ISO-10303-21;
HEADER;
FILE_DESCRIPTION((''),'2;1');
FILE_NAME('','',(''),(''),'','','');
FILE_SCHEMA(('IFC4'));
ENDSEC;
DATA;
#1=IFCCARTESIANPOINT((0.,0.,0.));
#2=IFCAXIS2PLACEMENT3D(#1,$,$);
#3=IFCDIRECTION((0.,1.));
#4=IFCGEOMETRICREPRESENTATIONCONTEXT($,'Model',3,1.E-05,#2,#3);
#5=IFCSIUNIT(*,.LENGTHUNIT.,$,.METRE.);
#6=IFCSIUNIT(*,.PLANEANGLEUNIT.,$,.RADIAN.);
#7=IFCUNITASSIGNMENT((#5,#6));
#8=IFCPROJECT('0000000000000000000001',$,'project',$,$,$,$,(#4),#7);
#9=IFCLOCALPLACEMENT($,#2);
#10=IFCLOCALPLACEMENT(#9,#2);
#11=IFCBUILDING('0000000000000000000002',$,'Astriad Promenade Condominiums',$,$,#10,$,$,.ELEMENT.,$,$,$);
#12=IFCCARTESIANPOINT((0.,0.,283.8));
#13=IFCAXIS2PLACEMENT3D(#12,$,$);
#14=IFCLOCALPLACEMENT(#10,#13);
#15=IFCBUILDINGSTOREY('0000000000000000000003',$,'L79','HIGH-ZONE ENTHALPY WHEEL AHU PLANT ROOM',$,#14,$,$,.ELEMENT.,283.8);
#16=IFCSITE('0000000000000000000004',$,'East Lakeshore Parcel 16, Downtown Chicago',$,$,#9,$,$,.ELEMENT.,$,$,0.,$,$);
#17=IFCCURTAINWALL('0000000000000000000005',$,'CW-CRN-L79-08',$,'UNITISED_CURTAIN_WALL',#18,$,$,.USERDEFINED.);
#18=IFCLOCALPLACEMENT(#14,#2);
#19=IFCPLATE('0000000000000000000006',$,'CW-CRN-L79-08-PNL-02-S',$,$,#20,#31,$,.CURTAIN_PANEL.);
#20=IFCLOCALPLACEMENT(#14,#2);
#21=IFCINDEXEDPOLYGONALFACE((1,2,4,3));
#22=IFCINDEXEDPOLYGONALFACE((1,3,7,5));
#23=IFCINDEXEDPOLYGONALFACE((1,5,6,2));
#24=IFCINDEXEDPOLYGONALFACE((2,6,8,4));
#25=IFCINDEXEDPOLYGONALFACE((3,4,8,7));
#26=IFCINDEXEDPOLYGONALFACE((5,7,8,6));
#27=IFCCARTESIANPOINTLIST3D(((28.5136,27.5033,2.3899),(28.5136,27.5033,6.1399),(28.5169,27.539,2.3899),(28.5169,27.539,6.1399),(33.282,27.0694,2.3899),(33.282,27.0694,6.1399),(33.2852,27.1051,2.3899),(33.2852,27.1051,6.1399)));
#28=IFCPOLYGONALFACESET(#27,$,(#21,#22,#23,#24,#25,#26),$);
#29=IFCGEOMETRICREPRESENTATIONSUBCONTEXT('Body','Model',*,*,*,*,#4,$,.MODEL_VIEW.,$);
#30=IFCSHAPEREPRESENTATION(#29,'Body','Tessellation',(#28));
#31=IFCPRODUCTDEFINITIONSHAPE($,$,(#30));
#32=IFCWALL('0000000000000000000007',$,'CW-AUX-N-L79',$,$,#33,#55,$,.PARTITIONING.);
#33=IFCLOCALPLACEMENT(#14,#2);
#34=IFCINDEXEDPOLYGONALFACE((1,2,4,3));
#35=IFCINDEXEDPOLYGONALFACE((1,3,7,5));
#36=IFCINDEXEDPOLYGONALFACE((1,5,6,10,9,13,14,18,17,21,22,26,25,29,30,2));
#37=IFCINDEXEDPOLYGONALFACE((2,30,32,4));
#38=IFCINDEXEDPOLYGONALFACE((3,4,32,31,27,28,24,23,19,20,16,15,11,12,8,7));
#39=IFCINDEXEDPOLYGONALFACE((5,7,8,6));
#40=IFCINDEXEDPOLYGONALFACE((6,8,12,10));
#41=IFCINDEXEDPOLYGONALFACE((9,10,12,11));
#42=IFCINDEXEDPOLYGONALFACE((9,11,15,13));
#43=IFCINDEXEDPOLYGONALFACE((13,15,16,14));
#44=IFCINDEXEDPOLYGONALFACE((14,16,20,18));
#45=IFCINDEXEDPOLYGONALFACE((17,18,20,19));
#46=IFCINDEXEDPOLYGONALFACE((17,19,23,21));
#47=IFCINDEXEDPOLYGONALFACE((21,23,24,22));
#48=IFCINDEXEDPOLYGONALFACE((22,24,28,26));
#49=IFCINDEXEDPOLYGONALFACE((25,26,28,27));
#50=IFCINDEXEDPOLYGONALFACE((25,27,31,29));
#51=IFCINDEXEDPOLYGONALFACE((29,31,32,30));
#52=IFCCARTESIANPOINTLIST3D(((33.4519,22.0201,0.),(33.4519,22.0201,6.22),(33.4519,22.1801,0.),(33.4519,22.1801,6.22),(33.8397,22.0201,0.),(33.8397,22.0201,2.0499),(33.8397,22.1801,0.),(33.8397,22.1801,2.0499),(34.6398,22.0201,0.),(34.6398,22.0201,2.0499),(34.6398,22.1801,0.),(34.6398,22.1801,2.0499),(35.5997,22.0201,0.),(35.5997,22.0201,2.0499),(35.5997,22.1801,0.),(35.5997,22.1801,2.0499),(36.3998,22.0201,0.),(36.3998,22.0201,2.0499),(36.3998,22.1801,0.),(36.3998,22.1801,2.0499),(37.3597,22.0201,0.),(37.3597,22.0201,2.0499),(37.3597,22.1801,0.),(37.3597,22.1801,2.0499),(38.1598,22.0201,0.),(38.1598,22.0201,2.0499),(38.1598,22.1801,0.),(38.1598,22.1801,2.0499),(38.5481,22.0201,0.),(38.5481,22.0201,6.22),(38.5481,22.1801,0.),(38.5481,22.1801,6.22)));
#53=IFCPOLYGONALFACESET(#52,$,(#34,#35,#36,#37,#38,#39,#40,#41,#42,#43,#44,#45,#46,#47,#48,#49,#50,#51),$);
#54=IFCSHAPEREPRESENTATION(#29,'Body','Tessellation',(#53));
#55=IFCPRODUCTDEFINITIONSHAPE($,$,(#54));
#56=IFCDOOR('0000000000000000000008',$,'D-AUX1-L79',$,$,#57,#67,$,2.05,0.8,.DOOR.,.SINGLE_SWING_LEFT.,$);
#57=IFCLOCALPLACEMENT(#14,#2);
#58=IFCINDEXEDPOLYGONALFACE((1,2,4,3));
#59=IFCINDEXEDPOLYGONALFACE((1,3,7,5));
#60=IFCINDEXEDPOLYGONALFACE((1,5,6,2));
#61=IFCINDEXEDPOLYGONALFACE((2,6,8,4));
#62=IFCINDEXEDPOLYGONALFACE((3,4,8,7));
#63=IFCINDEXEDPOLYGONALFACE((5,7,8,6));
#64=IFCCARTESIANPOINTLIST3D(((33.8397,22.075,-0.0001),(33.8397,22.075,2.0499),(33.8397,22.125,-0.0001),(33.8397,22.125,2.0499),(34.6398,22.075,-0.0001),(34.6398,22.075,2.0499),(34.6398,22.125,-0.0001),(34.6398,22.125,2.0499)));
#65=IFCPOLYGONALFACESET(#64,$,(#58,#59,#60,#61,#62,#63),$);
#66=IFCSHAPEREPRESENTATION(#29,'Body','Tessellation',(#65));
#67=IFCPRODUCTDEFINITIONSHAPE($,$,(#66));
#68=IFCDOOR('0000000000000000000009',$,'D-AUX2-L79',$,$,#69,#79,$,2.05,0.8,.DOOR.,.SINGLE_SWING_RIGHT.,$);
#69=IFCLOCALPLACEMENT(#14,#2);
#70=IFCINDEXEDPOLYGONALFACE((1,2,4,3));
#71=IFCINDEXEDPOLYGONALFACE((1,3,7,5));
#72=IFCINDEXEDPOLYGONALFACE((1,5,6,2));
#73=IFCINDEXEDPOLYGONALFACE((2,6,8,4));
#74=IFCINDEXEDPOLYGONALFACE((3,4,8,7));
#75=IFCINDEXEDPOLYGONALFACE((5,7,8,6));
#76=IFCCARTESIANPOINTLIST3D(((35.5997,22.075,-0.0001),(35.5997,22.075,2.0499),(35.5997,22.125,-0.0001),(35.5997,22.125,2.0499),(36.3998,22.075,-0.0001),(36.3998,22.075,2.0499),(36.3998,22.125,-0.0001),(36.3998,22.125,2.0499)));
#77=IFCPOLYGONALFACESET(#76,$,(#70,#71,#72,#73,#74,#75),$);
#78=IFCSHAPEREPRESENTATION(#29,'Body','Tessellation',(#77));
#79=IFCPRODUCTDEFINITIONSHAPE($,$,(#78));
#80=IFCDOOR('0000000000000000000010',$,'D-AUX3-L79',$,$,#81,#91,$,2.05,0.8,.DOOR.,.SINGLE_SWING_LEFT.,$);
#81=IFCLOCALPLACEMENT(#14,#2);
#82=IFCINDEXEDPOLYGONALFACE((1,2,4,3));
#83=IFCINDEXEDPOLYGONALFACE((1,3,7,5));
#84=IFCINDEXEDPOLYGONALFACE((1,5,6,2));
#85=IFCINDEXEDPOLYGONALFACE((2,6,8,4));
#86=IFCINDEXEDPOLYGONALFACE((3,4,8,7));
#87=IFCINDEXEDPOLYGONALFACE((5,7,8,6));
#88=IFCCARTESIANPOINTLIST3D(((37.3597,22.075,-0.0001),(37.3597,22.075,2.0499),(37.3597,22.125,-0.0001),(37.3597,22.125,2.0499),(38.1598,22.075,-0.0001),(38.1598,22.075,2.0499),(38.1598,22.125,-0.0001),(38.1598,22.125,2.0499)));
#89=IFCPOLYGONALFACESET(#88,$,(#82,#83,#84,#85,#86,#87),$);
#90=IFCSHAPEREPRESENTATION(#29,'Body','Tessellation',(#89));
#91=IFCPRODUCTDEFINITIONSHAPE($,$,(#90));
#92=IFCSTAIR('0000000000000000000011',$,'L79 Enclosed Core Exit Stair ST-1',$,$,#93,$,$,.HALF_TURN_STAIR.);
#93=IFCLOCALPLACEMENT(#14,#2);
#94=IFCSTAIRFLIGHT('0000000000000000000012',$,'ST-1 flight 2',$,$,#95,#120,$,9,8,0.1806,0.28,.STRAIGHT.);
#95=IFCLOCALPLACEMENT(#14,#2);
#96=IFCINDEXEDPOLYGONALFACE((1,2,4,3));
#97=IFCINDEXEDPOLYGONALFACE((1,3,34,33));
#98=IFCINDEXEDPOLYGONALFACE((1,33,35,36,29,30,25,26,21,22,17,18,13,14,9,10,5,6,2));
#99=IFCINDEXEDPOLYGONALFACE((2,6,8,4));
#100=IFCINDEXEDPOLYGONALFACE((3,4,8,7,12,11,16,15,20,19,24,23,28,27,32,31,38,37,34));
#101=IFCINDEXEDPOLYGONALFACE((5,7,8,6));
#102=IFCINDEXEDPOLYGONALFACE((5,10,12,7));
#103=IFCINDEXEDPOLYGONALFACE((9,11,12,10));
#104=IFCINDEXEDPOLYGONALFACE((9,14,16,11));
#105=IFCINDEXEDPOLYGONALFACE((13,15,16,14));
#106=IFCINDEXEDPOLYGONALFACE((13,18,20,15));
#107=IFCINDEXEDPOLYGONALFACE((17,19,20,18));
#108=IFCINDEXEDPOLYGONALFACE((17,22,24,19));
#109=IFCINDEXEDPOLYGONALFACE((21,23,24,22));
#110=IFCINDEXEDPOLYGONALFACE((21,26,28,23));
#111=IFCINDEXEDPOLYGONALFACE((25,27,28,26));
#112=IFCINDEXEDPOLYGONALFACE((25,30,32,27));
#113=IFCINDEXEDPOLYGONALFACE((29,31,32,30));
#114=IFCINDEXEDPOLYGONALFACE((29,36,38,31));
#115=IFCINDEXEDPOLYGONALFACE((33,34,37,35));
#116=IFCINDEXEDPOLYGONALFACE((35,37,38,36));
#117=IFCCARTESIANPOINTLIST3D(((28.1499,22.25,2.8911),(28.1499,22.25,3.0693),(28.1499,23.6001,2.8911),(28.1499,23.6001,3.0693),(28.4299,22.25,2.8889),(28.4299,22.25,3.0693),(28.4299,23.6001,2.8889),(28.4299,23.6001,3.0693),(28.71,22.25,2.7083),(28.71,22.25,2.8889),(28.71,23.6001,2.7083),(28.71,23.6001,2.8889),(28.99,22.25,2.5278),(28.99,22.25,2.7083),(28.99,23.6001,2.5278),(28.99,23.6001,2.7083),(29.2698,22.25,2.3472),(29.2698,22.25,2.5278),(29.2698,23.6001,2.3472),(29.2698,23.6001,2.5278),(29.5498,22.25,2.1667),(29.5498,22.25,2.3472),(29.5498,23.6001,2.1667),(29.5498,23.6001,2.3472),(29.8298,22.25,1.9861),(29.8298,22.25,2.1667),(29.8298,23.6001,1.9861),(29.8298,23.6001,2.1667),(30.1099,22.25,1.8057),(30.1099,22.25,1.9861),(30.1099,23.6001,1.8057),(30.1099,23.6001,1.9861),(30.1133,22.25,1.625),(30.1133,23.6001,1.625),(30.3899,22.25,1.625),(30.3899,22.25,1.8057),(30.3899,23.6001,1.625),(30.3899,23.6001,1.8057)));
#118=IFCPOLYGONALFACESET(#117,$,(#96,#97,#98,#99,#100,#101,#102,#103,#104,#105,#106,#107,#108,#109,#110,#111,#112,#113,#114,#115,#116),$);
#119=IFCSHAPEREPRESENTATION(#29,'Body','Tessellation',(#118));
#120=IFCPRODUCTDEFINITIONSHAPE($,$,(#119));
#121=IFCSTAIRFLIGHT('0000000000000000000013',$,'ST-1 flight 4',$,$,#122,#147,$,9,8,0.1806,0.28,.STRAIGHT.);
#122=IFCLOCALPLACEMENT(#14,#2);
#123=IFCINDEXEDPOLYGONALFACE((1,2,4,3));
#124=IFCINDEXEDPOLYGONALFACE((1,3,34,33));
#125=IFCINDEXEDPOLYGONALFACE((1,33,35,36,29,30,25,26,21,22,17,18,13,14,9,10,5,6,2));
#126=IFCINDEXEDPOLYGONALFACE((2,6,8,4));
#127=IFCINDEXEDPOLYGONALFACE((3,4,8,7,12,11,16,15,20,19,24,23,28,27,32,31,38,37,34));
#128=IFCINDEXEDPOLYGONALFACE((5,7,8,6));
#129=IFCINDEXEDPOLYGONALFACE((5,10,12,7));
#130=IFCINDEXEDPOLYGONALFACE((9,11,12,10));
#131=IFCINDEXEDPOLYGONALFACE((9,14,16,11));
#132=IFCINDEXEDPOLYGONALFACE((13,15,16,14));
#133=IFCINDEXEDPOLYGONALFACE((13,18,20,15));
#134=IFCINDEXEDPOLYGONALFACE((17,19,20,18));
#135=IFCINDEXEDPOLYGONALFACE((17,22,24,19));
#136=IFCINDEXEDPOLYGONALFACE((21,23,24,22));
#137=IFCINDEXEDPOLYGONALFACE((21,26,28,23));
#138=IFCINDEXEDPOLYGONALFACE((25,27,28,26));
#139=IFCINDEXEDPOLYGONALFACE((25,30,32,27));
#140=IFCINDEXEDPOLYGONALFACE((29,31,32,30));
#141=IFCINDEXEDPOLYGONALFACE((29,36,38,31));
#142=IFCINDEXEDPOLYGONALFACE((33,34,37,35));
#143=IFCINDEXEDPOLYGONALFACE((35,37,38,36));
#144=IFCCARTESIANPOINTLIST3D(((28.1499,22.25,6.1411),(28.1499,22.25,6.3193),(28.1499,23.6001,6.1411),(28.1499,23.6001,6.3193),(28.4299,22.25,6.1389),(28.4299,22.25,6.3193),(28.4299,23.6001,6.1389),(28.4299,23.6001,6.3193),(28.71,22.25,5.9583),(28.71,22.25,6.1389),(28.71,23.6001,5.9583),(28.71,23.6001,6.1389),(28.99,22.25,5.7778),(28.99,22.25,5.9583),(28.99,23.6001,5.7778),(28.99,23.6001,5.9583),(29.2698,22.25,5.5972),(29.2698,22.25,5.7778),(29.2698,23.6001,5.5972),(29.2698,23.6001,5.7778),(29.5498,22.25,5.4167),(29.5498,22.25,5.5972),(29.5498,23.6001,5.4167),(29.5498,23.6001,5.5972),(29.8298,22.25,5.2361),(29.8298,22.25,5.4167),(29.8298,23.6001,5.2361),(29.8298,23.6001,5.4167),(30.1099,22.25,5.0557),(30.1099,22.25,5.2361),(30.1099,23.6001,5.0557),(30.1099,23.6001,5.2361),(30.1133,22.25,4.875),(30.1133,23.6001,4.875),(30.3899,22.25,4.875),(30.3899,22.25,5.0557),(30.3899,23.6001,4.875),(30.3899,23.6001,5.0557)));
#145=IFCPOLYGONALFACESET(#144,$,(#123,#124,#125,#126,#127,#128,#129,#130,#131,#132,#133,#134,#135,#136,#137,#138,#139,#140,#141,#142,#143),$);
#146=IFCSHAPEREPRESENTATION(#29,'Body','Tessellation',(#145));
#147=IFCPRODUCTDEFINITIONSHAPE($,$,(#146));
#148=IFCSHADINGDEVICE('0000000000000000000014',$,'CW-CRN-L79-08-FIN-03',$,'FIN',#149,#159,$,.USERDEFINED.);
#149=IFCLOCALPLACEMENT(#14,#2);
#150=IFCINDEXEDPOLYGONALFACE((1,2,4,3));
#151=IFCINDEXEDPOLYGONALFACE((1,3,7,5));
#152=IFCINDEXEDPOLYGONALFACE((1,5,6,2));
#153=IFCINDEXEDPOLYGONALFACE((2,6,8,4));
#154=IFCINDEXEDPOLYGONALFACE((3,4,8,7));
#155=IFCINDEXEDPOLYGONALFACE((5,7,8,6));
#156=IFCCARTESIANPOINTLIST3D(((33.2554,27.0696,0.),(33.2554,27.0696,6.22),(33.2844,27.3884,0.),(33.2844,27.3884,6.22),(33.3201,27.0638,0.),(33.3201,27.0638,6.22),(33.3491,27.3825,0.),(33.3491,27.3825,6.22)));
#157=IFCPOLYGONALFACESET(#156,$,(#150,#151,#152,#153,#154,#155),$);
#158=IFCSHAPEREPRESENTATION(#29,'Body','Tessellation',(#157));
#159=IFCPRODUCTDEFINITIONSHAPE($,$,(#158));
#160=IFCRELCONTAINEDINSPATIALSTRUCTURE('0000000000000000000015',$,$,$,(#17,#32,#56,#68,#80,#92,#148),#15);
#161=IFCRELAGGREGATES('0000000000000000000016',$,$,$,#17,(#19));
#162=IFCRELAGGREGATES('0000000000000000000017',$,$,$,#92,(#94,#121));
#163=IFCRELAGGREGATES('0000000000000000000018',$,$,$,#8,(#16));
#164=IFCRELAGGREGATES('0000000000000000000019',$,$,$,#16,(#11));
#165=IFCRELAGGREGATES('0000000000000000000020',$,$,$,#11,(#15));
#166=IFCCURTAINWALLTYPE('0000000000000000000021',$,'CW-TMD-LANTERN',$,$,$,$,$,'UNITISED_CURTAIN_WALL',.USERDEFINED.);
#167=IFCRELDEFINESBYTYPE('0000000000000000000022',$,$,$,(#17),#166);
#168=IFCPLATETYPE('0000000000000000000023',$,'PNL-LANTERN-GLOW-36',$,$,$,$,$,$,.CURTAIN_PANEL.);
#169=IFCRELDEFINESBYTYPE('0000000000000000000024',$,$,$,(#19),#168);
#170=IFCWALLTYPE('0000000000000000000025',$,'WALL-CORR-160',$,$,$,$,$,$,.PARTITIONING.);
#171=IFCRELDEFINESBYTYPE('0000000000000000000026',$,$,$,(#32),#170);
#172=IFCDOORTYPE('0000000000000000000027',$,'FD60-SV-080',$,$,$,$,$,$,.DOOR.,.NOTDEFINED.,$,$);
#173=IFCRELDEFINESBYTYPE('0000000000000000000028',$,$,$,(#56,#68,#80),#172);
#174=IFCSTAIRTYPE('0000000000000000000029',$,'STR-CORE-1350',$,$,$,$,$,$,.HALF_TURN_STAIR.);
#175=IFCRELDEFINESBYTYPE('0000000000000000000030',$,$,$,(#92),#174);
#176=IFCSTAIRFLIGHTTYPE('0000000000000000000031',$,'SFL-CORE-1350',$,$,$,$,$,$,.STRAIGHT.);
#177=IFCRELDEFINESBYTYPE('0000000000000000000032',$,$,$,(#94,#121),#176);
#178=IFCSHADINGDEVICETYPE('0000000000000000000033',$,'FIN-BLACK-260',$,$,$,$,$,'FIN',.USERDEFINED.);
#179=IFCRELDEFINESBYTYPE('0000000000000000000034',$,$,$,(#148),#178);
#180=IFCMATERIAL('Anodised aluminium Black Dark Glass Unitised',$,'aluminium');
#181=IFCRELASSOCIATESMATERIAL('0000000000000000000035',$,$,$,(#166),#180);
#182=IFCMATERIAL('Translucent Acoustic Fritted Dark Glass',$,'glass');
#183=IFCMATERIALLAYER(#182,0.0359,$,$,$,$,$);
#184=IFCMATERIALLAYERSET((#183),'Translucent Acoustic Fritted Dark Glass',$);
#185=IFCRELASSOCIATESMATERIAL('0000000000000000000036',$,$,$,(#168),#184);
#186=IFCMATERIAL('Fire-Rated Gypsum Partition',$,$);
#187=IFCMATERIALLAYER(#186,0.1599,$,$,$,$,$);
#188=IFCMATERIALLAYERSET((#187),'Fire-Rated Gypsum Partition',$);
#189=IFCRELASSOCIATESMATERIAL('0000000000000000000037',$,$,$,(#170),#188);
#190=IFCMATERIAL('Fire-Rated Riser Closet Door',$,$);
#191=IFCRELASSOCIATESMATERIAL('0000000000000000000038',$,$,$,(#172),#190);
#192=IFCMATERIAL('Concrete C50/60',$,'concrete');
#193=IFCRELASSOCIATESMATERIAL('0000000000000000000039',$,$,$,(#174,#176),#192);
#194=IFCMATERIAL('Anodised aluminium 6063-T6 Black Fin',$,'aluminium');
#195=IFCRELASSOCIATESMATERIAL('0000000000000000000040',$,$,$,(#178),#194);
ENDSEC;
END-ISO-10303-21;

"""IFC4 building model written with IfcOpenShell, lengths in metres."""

from ifc_helpers import new_model, si_unit, direction, frame, frame_2d, origin, origin_2d, place, context, subcontext, project, spatial, polyline, rectangle, outline, extrude, source, transform, mapped, material, layer, layer_set, type_object, type_shapes, element, fill, aggregate, save


model = new_model("IFC4")

# Units and contexts
model_context = context("Model", 3, precision=1e-05, world=origin(), true_north=direction((0.0, 1.0)))
body_context = subcontext(model_context, "Body", "Model", "MODEL_VIEW")
ifc_project = project(units=[si_unit("LENGTHUNIT", "METRE"), si_unit("PLANEANGLEUNIT", "RADIAN")], contexts=[model_context])

# Site, building, storey
site_placement = place(None, origin())
site = spatial("IfcSite", under=ifc_project, at=site_placement, Name="East Lakeshore Parcel 16, Downtown Chicago", CompositionType="ELEMENT", RefElevation=0.0)
building_placement = place(site_placement, origin())
building = spatial("IfcBuilding", under=site, at=building_placement, Name="Astriad Promenade Condominiums", CompositionType="ELEMENT")
storey_placement = place(building_placement, frame((0.0, 0.0, 283.8)))
storey = spatial("IfcBuildingStorey", under=building, at=storey_placement, Name="L79", Description="HIGH-ZONE ENTHALPY WHEEL AHU PLANT ROOM", CompositionType="ELEMENT", Elevation=283.8)

# Curtain wall
ifc_material_1 = material(Name="Anodised aluminium Black Dark Glass Unitised", Category="aluminium")
curtain_wall_type = type_object("IfcCurtainWallType", Name="CW-TMD-LANTERN", ElementType="UNITISED_CURTAIN_WALL", PredefinedType="USERDEFINED", material=ifc_material_1)
curtain_wall_placement = place(storey_placement, origin())
curtain_wall = element("IfcCurtainWall", 1, at=curtain_wall_placement, inside=storey, type_object=curtain_wall_type, Name="CW-CRN-L79-08", ObjectType="UNITISED_CURTAIN_WALL", PredefinedType="USERDEFINED")

# Plate
ifc_material_2 = material(Name="Translucent Acoustic Fritted Dark Glass", Category="glass")
ifc_layer_1 = layer(ifc_material_2, 0.0359)
ifc_layer_set_1 = layer_set([ifc_layer_1], Name="Translucent Acoustic Fritted Dark Glass")
plate_type_1 = type_object("IfcPlateType", Name="PNL-LANTERN-GLOW-36", PredefinedType="CURTAIN_PANEL", material=ifc_layer_set_1)
shared_shape_1 = source(origin(), body_context, "Body", "SweptSolid", [
    extrude(rectangle(XDim=4.7881, YDim=0.0359, at=origin_2d()), origin(), (0.0, 0.0, 1.0), 3.75),
])
plate_1_placement = place(storey_placement, frame((30.8994, 27.3042, 2.3899), z_axis=(0.0, 0.0, 1.0), x_axis=(0.995884, -0.090633, 0.0)))
plate_1 = element("IfcPlate", 2, at=plate_1_placement, type_object=plate_type_1, Name="CW-CRN-L79-08-PNL-02-S", PredefinedType="CURTAIN_PANEL", context=body_context, shape_type="MappedRepresentation", body=[
    mapped(shared_shape_1, transform((0.0, 0.0, 0.0), scale=1.0)),
])
aggregate(curtain_wall, [plate_1])

# Wall, openings, doors
ifc_material_3 = material(Name="Fire-Rated Gypsum Partition")
ifc_layer_2 = layer(ifc_material_3, 0.1599)
ifc_layer_set_2 = layer_set([ifc_layer_2], Name="Fire-Rated Gypsum Partition")
wall_type = type_object("IfcWallType", Name="WALL-CORR-160", PredefinedType="PARTITIONING", material=ifc_layer_set_2)
wall_placement = place(storey_placement, frame((33.4519, 22.1001, 0.0), z_axis=(0.0, 0.0, 1.0), x_axis=(1.0, 0.0, 0.0)))
wall = element("IfcWall", 3, at=wall_placement, inside=storey, type_object=wall_type, Name="CW-AUX-N-L79", PredefinedType="PARTITIONING", context=body_context, shape_type="SweptSolid", body=[
    extrude(rectangle(XDim=5.0962, YDim=0.1599, at=frame_2d((2.5481, 0.0))), origin(), (0.0, 0.0, 1.0), 6.22),
])
opening_1_placement = place(wall_placement, frame((0.3879, 0.0, 0.0)))
opening_1 = element("IfcOpeningElement", 4, at=opening_1_placement, cuts=wall, PredefinedType="OPENING", context=body_context, shape_type="SweptSolid", body=[
    extrude(rectangle(XDim=0.8, YDim=2.05, at=frame_2d((0.3999, 1.0249))), frame((0.0, 0.0898, 0.0), z_axis=(0.0, -1.0, 0.0), x_axis=(1.0, 0.0, 0.0)), (0.0, 0.0, 1.0), 0.1799),
])
opening_2_placement = place(wall_placement, frame((2.1479, 0.0, 0.0)))
opening_2 = element("IfcOpeningElement", 5, at=opening_2_placement, cuts=wall, PredefinedType="OPENING", context=body_context, shape_type="SweptSolid", body=[
    extrude(rectangle(XDim=0.8, YDim=2.05, at=frame_2d((0.3999, 1.0249))), frame((0.0, 0.0898, 0.0), z_axis=(0.0, -1.0, 0.0), x_axis=(1.0, 0.0, 0.0)), (0.0, 0.0, 1.0), 0.1799),
])
opening_3_placement = place(wall_placement, frame((3.908, 0.0, 0.0)))
opening_3 = element("IfcOpeningElement", 6, at=opening_3_placement, cuts=wall, PredefinedType="OPENING", context=body_context, shape_type="SweptSolid", body=[
    extrude(rectangle(XDim=0.8, YDim=2.05, at=frame_2d((0.3999, 1.0249))), frame((0.0, 0.0898, 0.0), z_axis=(0.0, -1.0, 0.0), x_axis=(1.0, 0.0, 0.0)), (0.0, 0.0, 1.0), 0.1799),
])
ifc_material_4 = material(Name="Fire-Rated Riser Closet Door")
door_type = type_object("IfcDoorType", Name="FD60-SV-080", OperationType="NOTDEFINED", PredefinedType="DOOR", material=ifc_material_4)
shared_shape_2 = source(origin(), body_context, "Body", "SweptSolid", [
    extrude(rectangle(XDim=0.8, YDim=2.05, at=frame_2d((0.3999, 1.0249))), frame((0.0, 0.0249, 0.0), z_axis=(0.0, -1.0, 0.0), x_axis=(1.0, 0.0, 0.0)), (0.0, 0.0, 1.0), 0.05),
])
type_shapes(door_type, [shared_shape_2])
door_1_placement = place(opening_1_placement, origin())
door_1 = element("IfcDoor", 7, at=door_1_placement, inside=storey, type_object=door_type, Name="D-AUX1-L79", OperationType="SINGLE_SWING_LEFT", OverallHeight=2.05, OverallWidth=0.8, PredefinedType="DOOR", context=body_context, shape_type="MappedRepresentation", body=[
    mapped(shared_shape_2, transform((0.0, 0.0, 0.0), scale=1.0)),
])
fill(opening_1, door_1)
door_2_placement = place(opening_2_placement, origin())
door_2 = element("IfcDoor", 8, at=door_2_placement, inside=storey, type_object=door_type, Name="D-AUX2-L79", OperationType="SINGLE_SWING_RIGHT", OverallHeight=2.05, OverallWidth=0.8, PredefinedType="DOOR", context=body_context, shape_type="MappedRepresentation", body=[
    mapped(shared_shape_2, transform((0.0, 0.0, 0.0), scale=1.0)),
])
fill(opening_2, door_2)
door_3_placement = place(opening_3_placement, origin())
door_3 = element("IfcDoor", 9, at=door_3_placement, inside=storey, type_object=door_type, Name="D-AUX3-L79", OperationType="SINGLE_SWING_LEFT", OverallHeight=2.05, OverallWidth=0.8, PredefinedType="DOOR", context=body_context, shape_type="MappedRepresentation", body=[
    mapped(shared_shape_2, transform((0.0, 0.0, 0.0), scale=1.0)),
])
fill(opening_3, door_3)

# Stair, stair flights
ifc_material_5 = material(Name="Concrete C50/60", Category="concrete")
stair_type = type_object("IfcStairType", Name="STR-CORE-1350", PredefinedType="HALF_TURN_STAIR", material=ifc_material_5)
stair_placement = place(storey_placement, origin())
stair = element("IfcStair", 10, at=stair_placement, inside=storey, type_object=stair_type, Name="L79 Enclosed Core Exit Stair ST-1", PredefinedType="HALF_TURN_STAIR")
stair_flight_type = type_object("IfcStairFlightType", Name="SFL-CORE-1350", PredefinedType="STRAIGHT", material=ifc_material_5)
shared_shape_3 = source(origin(), body_context, "Body", "SweptSolid", [
    extrude(outline(polyline([(0.0, 0.0), (0.0, 0.1807), (0.28, 0.1807), (0.28, 0.3611), (0.5601, 0.3611), (0.5601, 0.5417), (0.8401, 0.5417), (0.8401, 0.7222), (1.1201, 0.7222), (1.1201, 0.9028), (1.3999, 0.9028), (1.3999, 1.0833), (1.6799, 1.0833), (1.6799, 1.2639), (1.96, 1.2639), (1.96, 1.4443), (2.24, 1.4443), (2.24, 1.625), (2.24, 1.2661), (0.2766, 0.0), (0.0, 0.0)])), frame((0.0, 0.675, 0.0), z_axis=(0.0, -1.0, 0.0), x_axis=(1.0, 0.0, 0.0)), (0.0, 0.0, 1.0), 1.3501),
])
type_shapes(stair_flight_type, [shared_shape_3])
stair_flight_1_placement = place(storey_placement, frame((30.3899, 22.925, 1.625), z_axis=(0.0, 0.0, 1.0), x_axis=(-1.0, 0.0, 0.0)))
stair_flight_1 = element("IfcStairFlight", 11, at=stair_flight_1_placement, type_object=stair_flight_type, Name="ST-1 flight 2", NumberOfRisers=9, NumberOfTreads=8, PredefinedType="STRAIGHT", RiserHeight=0.1806, TreadLength=0.28, context=body_context, shape_type="MappedRepresentation", body=[
    mapped(shared_shape_3, transform((0.0, 0.0, 0.0), scale=1.0)),
])
stair_flight_2_placement = place(storey_placement, frame((30.3899, 22.925, 4.875), z_axis=(0.0, 0.0, 1.0), x_axis=(-1.0, 0.0, 0.0)))
stair_flight_2 = element("IfcStairFlight", 12, at=stair_flight_2_placement, type_object=stair_flight_type, Name="ST-1 flight 4", NumberOfRisers=9, NumberOfTreads=8, PredefinedType="STRAIGHT", RiserHeight=0.1806, TreadLength=0.28, context=body_context, shape_type="MappedRepresentation", body=[
    mapped(shared_shape_3, transform((0.0, 0.0, 0.0), scale=1.0)),
])
aggregate(stair, [stair_flight_1, stair_flight_2])

# Shading device
ifc_material_6 = material(Name="Anodised aluminium 6063-T6 Black Fin", Category="aluminium")
shading_device_type = type_object("IfcShadingDeviceType", Name="FIN-BLACK-260", ElementType="FIN", PredefinedType="USERDEFINED", material=ifc_material_6)
shared_shape_4 = source(origin(), body_context, "Body", "SweptSolid", [
    extrude(rectangle(XDim=0.0649, YDim=0.3201, at=origin_2d()), origin(), (0.0, 0.0, 1.0), 6.22),
])
type_shapes(shading_device_type, [shared_shape_4])
shading_device_placement = place(storey_placement, frame((33.3022, 27.2261, 0.0), z_axis=(0.0, 0.0, 1.0), x_axis=(0.995884, -0.090633, 0.0)))
element("IfcShadingDevice", 13, at=shading_device_placement, inside=storey, type_object=shading_device_type, Name="CW-CRN-L79-08-FIN-03", ObjectType="FIN", PredefinedType="USERDEFINED", context=body_context, shape_type="MappedRepresentation", body=[
    mapped(shared_shape_4, transform((0.0, 0.0, 0.0), scale=1.0)),
])

save(model, "model.ifc")
